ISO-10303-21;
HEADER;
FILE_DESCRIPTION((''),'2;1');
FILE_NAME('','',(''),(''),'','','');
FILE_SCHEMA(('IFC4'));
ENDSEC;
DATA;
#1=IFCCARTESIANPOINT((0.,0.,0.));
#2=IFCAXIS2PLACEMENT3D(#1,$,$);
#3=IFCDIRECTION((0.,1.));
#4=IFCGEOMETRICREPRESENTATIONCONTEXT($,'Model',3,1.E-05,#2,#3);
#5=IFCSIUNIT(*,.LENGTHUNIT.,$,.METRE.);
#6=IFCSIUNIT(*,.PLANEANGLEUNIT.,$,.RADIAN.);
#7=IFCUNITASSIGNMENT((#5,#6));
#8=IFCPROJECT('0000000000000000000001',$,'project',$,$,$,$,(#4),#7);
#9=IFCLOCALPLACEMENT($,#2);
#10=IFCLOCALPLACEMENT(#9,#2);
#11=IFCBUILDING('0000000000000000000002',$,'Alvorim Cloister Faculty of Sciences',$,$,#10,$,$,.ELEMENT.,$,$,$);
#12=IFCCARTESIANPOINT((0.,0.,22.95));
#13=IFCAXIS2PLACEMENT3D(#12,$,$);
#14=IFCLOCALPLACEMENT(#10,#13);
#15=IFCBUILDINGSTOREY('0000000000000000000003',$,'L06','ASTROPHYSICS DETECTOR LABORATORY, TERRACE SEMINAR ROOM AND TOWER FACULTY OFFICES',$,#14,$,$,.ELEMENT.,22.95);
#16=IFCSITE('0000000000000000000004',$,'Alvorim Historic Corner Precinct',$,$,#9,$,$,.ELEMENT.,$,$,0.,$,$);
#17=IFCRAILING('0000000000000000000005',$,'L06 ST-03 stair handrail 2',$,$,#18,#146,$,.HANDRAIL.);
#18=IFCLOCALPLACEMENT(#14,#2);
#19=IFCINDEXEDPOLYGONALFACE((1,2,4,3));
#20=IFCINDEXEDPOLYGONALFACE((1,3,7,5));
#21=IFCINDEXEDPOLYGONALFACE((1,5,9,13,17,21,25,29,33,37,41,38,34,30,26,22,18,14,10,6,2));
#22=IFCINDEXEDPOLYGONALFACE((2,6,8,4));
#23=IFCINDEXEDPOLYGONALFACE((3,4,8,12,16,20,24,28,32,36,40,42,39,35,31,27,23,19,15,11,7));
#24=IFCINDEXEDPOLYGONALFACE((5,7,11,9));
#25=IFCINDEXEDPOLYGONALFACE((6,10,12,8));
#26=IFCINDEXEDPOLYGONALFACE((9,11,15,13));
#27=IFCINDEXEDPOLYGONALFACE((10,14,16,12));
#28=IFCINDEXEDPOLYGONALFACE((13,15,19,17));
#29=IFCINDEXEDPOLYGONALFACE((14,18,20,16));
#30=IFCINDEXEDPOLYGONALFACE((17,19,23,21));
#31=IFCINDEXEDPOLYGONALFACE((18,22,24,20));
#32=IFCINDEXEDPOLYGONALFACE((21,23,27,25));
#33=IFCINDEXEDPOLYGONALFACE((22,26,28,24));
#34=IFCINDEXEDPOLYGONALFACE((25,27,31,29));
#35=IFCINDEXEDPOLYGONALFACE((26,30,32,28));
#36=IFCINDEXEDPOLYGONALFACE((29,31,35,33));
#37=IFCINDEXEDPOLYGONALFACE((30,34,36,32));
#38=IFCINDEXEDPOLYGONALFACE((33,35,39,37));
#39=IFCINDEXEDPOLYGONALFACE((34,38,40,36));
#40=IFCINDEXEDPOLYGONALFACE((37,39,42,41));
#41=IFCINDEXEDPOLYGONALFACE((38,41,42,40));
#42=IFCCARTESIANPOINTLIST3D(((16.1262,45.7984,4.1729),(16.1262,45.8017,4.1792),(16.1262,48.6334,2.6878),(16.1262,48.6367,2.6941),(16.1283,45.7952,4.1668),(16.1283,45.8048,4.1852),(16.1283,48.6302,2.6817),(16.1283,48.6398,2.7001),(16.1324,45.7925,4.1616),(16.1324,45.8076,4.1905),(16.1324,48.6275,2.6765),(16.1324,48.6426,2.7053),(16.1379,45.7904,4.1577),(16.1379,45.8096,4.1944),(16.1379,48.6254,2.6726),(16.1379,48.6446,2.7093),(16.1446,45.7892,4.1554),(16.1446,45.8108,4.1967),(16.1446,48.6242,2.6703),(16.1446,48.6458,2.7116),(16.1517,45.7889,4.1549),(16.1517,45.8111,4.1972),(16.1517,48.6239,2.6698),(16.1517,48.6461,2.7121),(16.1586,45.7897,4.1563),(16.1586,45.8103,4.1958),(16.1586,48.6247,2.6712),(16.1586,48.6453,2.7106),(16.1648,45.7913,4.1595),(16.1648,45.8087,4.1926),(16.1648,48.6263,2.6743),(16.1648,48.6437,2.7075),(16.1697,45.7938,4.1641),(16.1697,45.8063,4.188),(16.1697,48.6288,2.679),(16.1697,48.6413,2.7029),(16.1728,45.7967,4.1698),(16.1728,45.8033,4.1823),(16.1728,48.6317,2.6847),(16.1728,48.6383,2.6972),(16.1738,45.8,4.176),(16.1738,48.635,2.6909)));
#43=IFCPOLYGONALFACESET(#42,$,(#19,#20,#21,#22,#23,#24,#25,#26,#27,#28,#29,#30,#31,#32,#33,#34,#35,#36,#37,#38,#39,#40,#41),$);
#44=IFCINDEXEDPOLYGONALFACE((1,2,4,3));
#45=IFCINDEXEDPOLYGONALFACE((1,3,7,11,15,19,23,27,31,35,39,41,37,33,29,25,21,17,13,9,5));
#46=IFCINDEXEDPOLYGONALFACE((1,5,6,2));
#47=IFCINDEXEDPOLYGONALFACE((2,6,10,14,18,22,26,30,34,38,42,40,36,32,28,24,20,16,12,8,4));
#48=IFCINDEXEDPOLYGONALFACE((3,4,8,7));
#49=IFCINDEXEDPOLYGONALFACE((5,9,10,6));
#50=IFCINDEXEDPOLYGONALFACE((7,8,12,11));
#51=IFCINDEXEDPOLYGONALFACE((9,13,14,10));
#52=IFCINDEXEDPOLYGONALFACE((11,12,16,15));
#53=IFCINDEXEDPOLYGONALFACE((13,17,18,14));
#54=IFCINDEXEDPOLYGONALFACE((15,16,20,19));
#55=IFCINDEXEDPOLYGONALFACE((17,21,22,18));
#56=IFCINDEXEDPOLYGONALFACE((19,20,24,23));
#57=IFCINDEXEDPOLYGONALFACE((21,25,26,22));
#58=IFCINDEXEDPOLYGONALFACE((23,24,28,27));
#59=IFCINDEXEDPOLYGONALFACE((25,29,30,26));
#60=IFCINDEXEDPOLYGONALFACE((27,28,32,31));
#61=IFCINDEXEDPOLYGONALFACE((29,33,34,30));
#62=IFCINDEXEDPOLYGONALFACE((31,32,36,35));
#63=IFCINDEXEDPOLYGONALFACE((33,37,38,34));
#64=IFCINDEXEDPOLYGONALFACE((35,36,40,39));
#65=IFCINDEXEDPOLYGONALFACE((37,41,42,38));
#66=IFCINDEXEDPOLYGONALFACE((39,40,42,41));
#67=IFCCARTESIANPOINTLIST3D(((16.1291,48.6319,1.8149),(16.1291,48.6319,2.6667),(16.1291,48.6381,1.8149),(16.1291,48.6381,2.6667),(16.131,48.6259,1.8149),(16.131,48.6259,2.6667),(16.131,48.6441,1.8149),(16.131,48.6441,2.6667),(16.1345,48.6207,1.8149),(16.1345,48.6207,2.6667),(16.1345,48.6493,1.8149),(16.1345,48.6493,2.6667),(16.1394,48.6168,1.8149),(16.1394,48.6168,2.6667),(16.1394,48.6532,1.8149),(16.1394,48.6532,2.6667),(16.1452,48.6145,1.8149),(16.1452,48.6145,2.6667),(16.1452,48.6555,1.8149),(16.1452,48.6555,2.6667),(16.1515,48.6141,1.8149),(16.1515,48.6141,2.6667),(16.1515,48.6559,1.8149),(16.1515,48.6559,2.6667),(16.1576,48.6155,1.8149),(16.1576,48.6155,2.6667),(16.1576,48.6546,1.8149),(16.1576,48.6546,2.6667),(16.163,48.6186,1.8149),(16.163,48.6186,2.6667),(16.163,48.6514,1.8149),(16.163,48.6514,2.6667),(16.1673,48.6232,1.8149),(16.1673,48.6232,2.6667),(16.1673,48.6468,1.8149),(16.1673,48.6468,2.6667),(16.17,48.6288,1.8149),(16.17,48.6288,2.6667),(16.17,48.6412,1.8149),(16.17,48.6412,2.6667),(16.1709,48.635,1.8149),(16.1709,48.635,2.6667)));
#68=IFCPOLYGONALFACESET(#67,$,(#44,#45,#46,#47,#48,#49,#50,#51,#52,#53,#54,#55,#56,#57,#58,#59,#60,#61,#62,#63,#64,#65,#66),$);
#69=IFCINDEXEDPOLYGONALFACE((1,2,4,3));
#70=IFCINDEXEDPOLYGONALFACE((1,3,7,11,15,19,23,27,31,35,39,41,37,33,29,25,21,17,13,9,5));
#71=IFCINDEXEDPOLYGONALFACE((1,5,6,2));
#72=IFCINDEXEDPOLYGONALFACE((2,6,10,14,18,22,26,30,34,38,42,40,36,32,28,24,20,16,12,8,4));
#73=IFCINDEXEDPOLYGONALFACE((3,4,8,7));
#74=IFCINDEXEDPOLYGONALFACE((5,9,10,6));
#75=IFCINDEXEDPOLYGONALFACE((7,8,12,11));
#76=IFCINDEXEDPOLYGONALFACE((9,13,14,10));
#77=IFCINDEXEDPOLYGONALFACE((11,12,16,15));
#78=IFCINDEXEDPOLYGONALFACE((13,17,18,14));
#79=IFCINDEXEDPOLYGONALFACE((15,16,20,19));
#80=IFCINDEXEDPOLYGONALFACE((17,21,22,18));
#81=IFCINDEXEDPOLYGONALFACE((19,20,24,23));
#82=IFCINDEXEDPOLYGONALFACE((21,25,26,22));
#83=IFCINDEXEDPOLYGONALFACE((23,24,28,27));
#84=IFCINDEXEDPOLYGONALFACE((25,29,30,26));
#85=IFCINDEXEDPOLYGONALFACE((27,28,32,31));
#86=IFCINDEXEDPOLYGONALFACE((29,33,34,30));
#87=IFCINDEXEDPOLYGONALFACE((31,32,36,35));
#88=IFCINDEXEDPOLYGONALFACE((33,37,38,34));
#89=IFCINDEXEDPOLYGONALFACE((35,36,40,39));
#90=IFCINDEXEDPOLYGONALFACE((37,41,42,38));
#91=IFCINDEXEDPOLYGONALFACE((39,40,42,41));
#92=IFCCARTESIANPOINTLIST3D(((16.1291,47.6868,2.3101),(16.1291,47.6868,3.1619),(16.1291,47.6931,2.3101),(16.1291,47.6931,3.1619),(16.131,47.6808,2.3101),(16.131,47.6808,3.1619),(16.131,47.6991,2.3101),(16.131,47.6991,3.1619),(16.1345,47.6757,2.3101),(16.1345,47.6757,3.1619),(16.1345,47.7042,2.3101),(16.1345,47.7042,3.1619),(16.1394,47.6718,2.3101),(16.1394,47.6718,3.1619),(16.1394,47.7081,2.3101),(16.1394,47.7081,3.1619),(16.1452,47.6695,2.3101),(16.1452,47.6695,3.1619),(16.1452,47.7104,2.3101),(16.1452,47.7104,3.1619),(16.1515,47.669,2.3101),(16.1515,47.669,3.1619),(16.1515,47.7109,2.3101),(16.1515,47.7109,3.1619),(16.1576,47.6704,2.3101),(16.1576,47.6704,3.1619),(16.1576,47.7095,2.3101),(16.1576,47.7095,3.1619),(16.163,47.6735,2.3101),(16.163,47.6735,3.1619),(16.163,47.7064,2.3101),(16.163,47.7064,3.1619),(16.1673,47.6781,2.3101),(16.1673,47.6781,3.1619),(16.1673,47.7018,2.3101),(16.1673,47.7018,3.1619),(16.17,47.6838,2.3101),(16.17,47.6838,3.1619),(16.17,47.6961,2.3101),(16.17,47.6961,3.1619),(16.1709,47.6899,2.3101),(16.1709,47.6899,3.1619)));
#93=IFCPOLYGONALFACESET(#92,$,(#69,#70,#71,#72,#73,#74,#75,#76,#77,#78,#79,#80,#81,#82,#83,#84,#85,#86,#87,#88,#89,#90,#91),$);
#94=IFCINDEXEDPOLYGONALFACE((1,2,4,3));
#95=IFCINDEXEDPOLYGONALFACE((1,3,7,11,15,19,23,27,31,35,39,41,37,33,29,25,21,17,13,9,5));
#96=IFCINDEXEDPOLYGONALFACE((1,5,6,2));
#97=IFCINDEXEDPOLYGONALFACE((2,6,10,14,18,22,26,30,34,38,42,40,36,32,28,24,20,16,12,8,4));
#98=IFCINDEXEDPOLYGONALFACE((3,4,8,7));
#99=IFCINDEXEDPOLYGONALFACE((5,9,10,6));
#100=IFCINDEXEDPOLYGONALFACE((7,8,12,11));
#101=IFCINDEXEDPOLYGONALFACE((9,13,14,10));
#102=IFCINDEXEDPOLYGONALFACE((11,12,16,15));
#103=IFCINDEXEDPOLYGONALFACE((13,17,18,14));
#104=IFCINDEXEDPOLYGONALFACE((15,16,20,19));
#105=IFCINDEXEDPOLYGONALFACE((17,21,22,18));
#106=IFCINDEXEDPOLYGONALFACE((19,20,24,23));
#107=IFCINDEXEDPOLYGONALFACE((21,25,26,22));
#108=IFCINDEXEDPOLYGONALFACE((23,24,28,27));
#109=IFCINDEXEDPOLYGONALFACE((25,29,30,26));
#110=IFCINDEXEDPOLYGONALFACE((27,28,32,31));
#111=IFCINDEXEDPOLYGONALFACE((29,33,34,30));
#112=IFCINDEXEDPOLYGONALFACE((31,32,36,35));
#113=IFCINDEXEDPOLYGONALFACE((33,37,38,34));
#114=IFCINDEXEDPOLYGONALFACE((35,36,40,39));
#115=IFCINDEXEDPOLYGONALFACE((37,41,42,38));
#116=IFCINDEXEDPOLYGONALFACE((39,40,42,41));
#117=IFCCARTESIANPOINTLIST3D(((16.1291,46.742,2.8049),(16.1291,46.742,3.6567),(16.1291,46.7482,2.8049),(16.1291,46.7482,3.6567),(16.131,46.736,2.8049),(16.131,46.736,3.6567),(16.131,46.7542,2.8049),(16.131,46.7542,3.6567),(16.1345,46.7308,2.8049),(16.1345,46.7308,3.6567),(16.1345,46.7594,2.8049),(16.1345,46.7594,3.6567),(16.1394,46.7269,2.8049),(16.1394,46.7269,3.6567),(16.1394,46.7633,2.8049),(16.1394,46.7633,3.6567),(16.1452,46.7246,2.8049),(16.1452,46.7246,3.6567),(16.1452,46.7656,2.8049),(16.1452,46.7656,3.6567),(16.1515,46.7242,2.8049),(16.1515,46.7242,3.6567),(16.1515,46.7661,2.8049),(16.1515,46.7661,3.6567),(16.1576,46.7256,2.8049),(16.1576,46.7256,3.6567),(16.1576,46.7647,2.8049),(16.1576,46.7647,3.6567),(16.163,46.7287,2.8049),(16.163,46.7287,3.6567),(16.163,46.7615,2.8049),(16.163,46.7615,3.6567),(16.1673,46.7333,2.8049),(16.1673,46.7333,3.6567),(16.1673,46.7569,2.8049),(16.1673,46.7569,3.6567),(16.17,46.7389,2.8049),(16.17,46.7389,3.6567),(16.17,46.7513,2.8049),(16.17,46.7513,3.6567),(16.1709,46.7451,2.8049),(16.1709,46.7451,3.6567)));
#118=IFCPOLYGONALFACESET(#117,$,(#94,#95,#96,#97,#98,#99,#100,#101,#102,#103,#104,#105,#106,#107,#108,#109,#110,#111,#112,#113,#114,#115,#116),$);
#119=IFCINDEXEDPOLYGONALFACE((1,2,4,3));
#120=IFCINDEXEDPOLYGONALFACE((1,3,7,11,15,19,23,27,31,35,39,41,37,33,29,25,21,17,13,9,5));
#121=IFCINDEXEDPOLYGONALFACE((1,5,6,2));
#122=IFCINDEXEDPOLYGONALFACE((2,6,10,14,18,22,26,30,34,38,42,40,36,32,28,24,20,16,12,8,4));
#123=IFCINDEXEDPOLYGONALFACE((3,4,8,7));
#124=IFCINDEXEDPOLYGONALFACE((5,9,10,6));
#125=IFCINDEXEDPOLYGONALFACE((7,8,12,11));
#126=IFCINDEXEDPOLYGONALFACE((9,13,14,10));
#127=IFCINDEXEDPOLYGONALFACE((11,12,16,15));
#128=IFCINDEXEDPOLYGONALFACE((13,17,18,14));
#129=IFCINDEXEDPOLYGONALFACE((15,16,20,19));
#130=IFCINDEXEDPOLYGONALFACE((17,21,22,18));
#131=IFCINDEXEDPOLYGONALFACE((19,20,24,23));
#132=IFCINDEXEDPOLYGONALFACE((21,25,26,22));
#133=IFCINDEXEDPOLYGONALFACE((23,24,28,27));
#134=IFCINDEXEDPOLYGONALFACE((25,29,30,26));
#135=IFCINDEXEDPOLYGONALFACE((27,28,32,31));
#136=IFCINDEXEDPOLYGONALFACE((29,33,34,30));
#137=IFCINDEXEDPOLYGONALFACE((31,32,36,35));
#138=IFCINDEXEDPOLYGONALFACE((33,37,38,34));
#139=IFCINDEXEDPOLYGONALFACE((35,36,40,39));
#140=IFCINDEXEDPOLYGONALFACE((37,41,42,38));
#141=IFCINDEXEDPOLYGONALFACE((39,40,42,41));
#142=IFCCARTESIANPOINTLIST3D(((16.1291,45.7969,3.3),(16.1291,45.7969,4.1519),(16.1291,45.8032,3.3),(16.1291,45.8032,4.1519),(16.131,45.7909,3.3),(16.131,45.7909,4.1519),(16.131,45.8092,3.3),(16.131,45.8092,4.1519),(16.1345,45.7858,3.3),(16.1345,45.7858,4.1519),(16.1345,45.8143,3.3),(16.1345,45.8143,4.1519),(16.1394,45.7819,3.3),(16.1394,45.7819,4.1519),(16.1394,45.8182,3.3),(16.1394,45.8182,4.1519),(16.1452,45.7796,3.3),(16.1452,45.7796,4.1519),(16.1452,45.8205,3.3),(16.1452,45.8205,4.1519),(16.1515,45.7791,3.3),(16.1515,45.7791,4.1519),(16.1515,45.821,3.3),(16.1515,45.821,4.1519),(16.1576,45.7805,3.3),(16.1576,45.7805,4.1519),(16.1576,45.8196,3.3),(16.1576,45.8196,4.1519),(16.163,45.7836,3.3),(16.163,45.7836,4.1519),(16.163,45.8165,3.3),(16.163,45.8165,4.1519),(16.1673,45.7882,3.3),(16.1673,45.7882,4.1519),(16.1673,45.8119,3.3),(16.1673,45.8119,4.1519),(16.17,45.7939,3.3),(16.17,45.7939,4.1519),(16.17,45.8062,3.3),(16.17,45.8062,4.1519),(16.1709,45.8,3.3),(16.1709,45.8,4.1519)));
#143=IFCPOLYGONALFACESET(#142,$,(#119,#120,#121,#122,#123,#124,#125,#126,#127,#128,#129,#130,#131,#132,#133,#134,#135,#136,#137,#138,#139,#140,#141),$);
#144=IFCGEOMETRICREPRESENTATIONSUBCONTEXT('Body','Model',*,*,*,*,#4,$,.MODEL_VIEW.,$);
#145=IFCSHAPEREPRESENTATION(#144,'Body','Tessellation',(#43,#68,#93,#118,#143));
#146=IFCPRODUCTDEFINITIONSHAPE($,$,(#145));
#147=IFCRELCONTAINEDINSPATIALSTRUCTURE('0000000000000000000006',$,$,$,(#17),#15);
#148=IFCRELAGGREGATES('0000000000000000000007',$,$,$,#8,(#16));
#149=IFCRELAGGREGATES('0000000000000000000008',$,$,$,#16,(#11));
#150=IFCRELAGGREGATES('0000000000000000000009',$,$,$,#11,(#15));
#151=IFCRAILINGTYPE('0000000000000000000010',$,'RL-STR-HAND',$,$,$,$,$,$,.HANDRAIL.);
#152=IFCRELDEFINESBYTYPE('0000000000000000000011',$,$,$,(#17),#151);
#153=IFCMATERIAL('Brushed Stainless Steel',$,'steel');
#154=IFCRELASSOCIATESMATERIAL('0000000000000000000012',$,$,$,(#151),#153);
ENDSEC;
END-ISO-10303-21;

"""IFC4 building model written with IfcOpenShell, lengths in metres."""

from ifc_helpers import new_model, si_unit, direction, frame, origin, origin_2d, place, context, subcontext, project, spatial, circle, extrude, material, type_object, element, save


model = new_model("IFC4")

# Units and contexts
model_context = context("Model", 3, precision=1e-05, world=origin(), true_north=direction((0.0, 1.0)))
body_context = subcontext(model_context, "Body", "Model", "MODEL_VIEW")
ifc_project = project(units=[si_unit("LENGTHUNIT", "METRE"), si_unit("PLANEANGLEUNIT", "RADIAN")], contexts=[model_context])

# Site, building, storey
site_placement = place(None, origin())
site = spatial("IfcSite", under=ifc_project, at=site_placement, Name="Alvorim Historic Corner Precinct", CompositionType="ELEMENT", RefElevation=0.0)
building_placement = place(site_placement, origin())
building = spatial("IfcBuilding", under=site, at=building_placement, Name="Alvorim Cloister Faculty of Sciences", CompositionType="ELEMENT")
storey_placement = place(building_placement, frame((0.0, 0.0, 22.95)))
storey = spatial("IfcBuildingStorey", under=building, at=storey_placement, Name="L06", Description="ASTROPHYSICS DETECTOR LABORATORY, TERRACE SEMINAR ROOM AND TOWER FACULTY OFFICES", CompositionType="ELEMENT", Elevation=22.95)

# Railing
ifc_material_1 = material(Name="Brushed Stainless Steel", Category="steel")
railing_type_1 = type_object("IfcRailingType", Name="RL-STR-HAND", PredefinedType="HANDRAIL", material=ifc_material_1)
railing_1_placement = place(storey_placement, frame((16.1499, 48.635, 1.8149)))
element("IfcRailing", 1, at=railing_1_placement, inside=storey, type_object=railing_type_1, Name="L06 ST-03 stair handrail 2", PredefinedType="HANDRAIL", context=body_context, shape_type="SweptSolid", body=[
    extrude(circle(Radius=0.0239, at=origin_2d()), frame((0.0, 0.0, 0.876), z_axis=(0.0, -0.885815, 0.464038), x_axis=(1.0, 0.0, 0.0)), (0.0, 0.0, 1.0), 3.2004),
    extrude(circle(Radius=0.021, at=origin_2d()), origin(), (0.0, 0.0, 1.0), 0.8518),
    extrude(circle(Radius=0.021, at=origin_2d()), frame((0.0, -0.9451, 0.4951)), (0.0, 0.0, 1.0), 0.8518),
    extrude(circle(Radius=0.021, at=origin_2d()), frame((0.0, -1.8899, 0.99)), (0.0, 0.0, 1.0), 0.8518),
    extrude(circle(Radius=0.021, at=origin_2d()), frame((0.0, -2.835, 1.4851)), (0.0, 0.0, 1.0), 0.8518),
])

save(model, "model.ifc")
